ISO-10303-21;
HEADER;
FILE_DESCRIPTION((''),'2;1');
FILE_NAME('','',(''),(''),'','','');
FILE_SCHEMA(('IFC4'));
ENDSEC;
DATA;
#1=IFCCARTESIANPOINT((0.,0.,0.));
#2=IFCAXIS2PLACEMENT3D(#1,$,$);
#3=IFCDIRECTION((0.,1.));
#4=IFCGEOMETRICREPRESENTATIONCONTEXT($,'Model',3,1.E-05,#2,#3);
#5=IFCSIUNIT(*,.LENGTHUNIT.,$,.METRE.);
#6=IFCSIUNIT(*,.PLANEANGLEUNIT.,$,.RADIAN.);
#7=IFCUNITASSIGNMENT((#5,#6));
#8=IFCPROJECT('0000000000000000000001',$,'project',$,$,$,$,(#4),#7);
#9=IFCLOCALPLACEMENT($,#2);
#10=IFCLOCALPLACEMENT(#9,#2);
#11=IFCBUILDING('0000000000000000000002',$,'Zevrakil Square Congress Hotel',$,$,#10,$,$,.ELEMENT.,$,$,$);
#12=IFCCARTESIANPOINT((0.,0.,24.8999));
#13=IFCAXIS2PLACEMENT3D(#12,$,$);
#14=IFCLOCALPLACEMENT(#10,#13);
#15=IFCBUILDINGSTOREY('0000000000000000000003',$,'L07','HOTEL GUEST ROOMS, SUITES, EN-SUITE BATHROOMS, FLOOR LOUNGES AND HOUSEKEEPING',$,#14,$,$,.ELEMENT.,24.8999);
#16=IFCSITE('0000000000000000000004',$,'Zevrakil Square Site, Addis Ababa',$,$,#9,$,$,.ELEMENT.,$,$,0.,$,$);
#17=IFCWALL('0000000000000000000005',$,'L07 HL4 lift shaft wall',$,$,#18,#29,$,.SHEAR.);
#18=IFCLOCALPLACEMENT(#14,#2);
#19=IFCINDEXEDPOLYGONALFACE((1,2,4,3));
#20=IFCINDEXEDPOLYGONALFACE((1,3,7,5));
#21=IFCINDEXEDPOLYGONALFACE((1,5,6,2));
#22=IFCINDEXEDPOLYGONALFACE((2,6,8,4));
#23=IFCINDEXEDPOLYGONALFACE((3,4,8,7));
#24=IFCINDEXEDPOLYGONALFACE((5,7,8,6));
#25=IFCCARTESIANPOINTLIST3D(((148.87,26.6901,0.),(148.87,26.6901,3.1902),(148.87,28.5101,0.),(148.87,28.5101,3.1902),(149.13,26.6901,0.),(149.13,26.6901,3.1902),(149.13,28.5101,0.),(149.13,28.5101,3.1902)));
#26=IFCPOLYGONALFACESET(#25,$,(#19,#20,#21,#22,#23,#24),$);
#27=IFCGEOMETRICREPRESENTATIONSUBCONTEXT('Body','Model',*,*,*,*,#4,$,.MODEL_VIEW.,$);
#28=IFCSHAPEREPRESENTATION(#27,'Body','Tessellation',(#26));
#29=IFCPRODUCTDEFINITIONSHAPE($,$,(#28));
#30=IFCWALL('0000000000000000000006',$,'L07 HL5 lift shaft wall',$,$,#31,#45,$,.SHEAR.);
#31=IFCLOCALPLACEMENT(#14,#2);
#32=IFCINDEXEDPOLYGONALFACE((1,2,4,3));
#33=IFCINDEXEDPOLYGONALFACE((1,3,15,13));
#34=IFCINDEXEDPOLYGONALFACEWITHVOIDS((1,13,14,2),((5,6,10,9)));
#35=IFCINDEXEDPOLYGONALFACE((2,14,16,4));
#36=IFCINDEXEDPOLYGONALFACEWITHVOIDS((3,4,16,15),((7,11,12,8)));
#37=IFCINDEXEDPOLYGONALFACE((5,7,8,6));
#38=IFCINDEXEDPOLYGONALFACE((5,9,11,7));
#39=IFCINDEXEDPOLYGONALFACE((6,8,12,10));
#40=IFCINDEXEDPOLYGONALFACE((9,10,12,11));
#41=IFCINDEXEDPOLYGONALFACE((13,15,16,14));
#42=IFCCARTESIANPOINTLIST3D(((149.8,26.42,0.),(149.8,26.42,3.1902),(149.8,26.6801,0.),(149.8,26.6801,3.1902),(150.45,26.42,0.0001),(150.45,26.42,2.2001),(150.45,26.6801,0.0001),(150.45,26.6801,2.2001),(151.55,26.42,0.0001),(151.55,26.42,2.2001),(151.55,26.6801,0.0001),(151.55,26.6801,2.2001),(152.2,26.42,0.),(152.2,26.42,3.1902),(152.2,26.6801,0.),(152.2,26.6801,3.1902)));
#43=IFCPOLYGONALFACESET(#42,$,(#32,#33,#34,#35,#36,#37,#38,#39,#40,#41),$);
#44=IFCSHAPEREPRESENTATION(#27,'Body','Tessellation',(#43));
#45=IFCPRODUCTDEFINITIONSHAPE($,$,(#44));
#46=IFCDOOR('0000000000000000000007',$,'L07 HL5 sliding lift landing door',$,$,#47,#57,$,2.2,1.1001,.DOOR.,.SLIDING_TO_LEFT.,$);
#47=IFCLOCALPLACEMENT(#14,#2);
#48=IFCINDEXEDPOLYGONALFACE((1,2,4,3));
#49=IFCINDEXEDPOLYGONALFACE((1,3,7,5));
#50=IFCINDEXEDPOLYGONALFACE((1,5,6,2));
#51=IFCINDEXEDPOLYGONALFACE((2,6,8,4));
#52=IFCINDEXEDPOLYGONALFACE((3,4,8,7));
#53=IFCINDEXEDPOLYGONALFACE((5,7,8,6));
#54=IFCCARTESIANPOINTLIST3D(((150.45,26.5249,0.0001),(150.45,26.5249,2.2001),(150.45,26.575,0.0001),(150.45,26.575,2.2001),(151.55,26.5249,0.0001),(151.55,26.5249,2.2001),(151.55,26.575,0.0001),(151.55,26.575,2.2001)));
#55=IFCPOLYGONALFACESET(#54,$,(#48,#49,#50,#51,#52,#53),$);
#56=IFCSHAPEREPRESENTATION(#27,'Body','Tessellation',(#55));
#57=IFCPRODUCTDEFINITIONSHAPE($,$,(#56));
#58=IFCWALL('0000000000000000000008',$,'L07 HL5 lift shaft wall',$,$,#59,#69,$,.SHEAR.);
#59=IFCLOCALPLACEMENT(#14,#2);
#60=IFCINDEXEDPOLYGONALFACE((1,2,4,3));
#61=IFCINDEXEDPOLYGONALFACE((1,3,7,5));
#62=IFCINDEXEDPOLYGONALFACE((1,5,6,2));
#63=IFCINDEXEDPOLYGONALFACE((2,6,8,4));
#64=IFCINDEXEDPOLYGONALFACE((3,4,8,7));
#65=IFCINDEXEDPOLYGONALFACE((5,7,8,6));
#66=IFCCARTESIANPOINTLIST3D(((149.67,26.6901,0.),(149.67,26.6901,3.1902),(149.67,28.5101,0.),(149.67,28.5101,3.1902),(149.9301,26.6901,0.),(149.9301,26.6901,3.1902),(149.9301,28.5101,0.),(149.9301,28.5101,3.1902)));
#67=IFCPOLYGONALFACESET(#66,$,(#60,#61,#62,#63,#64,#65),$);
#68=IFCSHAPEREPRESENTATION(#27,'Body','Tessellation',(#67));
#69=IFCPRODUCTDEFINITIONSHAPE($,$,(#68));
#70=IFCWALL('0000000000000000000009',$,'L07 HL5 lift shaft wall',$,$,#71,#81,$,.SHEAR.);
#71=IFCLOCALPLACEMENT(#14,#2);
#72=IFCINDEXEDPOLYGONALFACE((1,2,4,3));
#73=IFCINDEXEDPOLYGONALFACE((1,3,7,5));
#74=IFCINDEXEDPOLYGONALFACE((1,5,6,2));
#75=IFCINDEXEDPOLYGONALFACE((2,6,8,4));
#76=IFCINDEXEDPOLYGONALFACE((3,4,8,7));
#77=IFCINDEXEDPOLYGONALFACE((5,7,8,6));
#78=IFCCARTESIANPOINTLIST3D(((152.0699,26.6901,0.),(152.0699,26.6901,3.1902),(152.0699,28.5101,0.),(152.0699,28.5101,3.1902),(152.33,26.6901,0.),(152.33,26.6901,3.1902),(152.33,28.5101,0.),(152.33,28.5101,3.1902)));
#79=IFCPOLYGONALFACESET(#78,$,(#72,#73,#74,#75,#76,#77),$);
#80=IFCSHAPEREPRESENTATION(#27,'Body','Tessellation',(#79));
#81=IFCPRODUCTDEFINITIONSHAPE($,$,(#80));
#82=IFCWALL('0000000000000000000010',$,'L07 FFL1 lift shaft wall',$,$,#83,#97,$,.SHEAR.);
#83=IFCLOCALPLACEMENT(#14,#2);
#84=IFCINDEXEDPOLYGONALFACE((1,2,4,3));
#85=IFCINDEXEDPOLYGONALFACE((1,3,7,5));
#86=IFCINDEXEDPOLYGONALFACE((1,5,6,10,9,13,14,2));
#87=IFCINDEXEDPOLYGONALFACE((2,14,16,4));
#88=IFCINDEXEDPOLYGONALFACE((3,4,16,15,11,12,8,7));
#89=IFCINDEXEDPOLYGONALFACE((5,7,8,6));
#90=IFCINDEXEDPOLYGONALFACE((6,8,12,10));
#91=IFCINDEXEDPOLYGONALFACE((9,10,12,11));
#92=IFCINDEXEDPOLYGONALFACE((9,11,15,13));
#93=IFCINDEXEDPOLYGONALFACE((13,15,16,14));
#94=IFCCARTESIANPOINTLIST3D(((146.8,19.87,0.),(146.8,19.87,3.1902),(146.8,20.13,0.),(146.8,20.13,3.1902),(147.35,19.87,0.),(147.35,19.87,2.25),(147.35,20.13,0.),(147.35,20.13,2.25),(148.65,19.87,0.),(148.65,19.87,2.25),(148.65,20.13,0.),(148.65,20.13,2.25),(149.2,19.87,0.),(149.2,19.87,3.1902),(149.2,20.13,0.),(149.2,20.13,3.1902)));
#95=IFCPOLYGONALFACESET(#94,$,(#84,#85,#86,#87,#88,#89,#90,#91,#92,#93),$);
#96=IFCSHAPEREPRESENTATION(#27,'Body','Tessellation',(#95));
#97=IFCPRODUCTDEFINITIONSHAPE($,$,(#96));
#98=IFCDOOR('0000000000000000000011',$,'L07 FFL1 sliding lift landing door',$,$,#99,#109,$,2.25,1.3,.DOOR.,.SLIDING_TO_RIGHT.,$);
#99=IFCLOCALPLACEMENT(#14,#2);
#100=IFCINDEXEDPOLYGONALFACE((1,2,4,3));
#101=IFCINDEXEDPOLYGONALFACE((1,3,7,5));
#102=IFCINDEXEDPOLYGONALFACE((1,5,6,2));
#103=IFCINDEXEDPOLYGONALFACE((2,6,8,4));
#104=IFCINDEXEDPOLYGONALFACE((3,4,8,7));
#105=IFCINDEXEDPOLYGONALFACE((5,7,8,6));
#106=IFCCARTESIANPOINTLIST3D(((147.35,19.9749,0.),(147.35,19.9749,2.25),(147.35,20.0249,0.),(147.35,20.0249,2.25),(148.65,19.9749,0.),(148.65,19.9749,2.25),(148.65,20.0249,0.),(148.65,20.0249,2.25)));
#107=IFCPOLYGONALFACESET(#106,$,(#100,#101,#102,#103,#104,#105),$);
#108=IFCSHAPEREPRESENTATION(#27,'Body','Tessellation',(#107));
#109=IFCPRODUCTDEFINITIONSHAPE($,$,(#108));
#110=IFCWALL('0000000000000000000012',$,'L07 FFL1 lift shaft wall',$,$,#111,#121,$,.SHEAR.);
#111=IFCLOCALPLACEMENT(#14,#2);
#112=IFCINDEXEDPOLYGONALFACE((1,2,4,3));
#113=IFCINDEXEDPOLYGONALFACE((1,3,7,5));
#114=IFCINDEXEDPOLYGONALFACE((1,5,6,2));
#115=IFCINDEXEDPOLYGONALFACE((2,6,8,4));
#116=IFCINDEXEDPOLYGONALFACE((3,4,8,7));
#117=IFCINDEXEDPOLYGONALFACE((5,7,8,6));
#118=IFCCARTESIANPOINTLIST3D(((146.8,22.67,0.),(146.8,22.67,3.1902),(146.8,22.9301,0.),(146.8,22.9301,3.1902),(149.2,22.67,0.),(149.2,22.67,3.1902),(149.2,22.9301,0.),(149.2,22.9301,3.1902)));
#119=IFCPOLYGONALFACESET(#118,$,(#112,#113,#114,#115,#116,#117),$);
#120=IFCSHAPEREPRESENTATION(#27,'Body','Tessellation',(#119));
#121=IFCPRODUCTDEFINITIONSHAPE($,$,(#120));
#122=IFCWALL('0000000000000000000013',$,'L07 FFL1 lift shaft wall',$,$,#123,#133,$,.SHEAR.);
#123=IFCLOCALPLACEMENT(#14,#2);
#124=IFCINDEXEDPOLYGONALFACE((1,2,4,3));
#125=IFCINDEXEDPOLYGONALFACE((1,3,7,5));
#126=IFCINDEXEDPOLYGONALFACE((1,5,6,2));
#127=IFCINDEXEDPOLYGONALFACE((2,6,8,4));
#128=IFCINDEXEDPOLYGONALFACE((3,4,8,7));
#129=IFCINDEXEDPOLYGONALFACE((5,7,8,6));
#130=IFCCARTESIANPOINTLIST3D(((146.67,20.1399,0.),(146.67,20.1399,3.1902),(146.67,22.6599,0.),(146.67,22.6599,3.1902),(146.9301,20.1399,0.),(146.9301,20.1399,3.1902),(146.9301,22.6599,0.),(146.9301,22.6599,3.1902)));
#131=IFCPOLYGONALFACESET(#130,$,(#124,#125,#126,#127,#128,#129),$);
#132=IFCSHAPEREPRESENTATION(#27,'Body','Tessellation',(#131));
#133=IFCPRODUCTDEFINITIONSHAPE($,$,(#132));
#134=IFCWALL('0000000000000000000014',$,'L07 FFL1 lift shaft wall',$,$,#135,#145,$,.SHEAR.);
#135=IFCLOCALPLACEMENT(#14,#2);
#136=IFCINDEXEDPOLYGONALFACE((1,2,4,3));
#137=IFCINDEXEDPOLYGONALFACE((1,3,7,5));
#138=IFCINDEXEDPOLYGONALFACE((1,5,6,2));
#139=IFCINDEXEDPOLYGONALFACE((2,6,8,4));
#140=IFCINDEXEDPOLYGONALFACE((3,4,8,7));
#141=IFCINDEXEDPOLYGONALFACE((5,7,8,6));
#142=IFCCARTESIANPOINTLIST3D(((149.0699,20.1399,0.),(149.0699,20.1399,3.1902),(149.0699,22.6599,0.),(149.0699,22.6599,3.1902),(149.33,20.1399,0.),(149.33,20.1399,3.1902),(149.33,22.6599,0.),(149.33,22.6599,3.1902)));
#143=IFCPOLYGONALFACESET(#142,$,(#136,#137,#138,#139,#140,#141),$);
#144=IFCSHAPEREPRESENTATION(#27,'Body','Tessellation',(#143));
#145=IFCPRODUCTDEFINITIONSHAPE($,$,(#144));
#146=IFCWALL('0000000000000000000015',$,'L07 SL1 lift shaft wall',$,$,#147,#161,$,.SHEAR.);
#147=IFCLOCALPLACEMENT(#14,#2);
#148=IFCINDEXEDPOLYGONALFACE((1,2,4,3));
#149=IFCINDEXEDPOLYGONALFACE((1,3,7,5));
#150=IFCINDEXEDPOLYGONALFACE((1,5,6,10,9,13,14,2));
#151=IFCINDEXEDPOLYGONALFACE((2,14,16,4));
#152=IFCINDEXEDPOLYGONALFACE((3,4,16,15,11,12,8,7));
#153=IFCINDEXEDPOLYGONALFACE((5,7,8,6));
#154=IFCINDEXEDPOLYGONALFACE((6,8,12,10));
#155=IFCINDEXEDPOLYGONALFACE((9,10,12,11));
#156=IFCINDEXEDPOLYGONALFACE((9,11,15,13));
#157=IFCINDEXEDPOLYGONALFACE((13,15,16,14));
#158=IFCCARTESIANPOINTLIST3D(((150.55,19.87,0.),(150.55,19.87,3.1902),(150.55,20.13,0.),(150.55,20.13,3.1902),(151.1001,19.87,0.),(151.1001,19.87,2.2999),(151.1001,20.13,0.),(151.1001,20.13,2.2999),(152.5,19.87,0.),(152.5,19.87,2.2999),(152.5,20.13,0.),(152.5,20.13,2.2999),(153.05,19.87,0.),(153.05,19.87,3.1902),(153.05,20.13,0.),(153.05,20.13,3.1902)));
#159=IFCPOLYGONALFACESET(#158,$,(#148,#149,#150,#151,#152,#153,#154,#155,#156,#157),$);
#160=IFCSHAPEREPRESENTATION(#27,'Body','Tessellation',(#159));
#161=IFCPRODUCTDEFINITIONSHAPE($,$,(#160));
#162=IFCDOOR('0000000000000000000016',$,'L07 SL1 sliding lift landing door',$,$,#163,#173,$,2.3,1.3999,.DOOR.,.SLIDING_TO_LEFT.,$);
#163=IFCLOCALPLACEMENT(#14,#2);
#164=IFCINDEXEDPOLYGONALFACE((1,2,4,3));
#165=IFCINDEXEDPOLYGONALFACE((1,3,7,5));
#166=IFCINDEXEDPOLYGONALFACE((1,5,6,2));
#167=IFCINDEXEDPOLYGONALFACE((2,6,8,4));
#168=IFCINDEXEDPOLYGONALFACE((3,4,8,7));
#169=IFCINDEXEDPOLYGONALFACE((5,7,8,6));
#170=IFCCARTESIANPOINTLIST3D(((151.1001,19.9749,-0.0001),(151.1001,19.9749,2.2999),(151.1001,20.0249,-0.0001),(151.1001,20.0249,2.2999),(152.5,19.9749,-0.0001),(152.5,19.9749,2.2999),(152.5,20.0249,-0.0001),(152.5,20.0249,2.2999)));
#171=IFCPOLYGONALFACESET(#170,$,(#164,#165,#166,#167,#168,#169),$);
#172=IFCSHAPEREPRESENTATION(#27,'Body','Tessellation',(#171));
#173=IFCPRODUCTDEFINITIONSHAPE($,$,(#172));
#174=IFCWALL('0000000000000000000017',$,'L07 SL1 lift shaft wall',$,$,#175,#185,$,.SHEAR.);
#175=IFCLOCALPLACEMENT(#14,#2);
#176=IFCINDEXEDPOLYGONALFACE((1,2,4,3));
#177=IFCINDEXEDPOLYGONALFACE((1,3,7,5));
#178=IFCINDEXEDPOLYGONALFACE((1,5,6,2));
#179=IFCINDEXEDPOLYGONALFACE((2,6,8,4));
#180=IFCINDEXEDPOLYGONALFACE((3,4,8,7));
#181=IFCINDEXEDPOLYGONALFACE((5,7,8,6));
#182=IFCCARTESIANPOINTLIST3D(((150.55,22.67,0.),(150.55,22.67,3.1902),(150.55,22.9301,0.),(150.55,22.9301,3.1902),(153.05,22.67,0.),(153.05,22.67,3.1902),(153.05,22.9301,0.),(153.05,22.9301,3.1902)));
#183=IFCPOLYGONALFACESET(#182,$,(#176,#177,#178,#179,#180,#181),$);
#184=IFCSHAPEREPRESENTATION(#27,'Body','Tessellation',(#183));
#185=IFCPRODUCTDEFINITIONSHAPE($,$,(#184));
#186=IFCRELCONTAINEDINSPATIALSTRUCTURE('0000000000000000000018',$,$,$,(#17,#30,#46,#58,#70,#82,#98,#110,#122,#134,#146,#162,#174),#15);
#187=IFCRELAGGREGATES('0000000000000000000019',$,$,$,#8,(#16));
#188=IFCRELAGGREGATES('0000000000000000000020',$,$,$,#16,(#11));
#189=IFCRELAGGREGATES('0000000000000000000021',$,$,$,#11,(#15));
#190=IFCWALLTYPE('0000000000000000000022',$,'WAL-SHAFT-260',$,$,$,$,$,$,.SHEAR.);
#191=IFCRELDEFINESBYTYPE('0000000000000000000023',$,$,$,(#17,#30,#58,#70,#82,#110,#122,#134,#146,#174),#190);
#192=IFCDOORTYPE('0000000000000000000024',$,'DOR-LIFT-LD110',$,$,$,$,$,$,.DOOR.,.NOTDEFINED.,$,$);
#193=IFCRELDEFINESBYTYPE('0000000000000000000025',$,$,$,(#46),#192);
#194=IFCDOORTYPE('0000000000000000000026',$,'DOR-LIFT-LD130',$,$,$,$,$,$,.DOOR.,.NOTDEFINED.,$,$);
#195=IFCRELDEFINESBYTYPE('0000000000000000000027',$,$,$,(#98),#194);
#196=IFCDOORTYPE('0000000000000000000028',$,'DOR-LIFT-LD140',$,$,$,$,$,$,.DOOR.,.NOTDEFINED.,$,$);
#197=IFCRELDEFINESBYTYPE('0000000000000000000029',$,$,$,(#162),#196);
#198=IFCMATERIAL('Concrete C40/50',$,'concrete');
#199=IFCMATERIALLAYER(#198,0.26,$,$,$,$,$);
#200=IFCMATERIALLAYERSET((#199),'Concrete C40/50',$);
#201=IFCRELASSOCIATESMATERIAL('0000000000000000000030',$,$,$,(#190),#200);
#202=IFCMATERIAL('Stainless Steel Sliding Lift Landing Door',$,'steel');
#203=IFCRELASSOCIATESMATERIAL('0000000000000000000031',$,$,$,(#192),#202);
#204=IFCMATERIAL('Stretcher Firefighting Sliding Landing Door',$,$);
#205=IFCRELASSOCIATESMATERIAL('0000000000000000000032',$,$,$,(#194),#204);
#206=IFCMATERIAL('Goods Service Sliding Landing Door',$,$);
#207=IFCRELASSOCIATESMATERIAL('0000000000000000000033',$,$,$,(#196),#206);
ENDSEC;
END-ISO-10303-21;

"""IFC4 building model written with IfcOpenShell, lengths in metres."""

from ifc_helpers import new_model, si_unit, direction, frame, frame_2d, origin, place, context, subcontext, project, spatial, rectangle, extrude, material, layer, layer_set, type_object, element, fill, save


model = new_model("IFC4")

# Units and contexts
model_context = context("Model", 3, precision=1e-05, world=origin(), true_north=direction((0.0, 1.0)))
body_context = subcontext(model_context, "Body", "Model", "MODEL_VIEW")
ifc_project = project(units=[si_unit("LENGTHUNIT", "METRE"), si_unit("PLANEANGLEUNIT", "RADIAN")], contexts=[model_context])

# Site, building, storey
site_placement = place(None, origin())
site = spatial("IfcSite", under=ifc_project, at=site_placement, Name="Zevrakil Square Site, Addis Ababa", CompositionType="ELEMENT", RefElevation=0.0)
building_placement = place(site_placement, origin())
building = spatial("IfcBuilding", under=site, at=building_placement, Name="Zevrakil Square Congress Hotel", CompositionType="ELEMENT")
storey_placement = place(building_placement, frame((0.0, 0.0, 24.8999)))
storey = spatial("IfcBuildingStorey", under=building, at=storey_placement, Name="L07", Description="HOTEL GUEST ROOMS, SUITES, EN-SUITE BATHROOMS, FLOOR LOUNGES AND HOUSEKEEPING", CompositionType="ELEMENT", Elevation=24.8999)

# Shared definitions
ifc_material_1 = material(Name="Concrete C40/50", Category="concrete")
ifc_layer_1 = layer(ifc_material_1, 0.26)
ifc_layer_set_1 = layer_set([ifc_layer_1], Name="Concrete C40/50")
wall_type_1 = type_object("IfcWallType", Name="WAL-SHAFT-260", PredefinedType="SHEAR", material=ifc_layer_set_1)

# Shared definitions
ifc_material_2 = material(Name="Stainless Steel Sliding Lift Landing Door", Category="steel")
door_type_1 = type_object("IfcDoorType", Name="DOR-LIFT-LD110", OperationType="NOTDEFINED", PredefinedType="DOOR", material=ifc_material_2)

# Wall
for number, where, z_axis, x_axis, name in (
    (1, (149.0, 26.6899, 0.0), (0.0, 0.0, 1.0), (0.0, 1.0, 0.0), "L07 HL4 lift shaft wall"),
):
    element("IfcWall", number, at=place(storey_placement, frame(where, z_axis=z_axis, x_axis=x_axis)), inside=storey, type_object=wall_type_1, Name=name, PredefinedType="SHEAR", context=body_context, shape_type="SweptSolid", body=[
        extrude(rectangle(XDim=1.8201, YDim=0.26, at=frame_2d((0.9102, 0.0))), origin(), (0.0, 0.0, 1.0), 3.1902),
    ])

# Wall, opening, door
wall_1_placement = place(storey_placement, frame((149.8, 26.55, 0.0), z_axis=(0.0, 0.0, 1.0), x_axis=(1.0, 0.0, 0.0)))
wall_1 = element("IfcWall", 2, at=wall_1_placement, inside=storey, type_object=wall_type_1, Name="L07 HL5 lift shaft wall", PredefinedType="SHEAR", context=body_context, shape_type="SweptSolid", body=[
    extrude(rectangle(XDim=2.3999, YDim=0.26, at=frame_2d((1.2, 0.0))), origin(), (0.0, 0.0, 1.0), 3.1902),
])
opening_1_placement = place(wall_1_placement, frame((0.6499, 0.0, 0.0)))
opening_1 = element("IfcOpeningElement", 3, at=opening_1_placement, cuts=wall_1, PredefinedType="OPENING", context=body_context, shape_type="SweptSolid", body=[
    extrude(rectangle(XDim=1.1001, YDim=2.2, at=frame_2d((0.55, 1.1001))), frame((0.0, 0.1401, 0.0), z_axis=(0.0, -1.0, 0.0), x_axis=(1.0, 0.0, 0.0)), (0.0, 0.0, 1.0), 0.28),
])
door_1_placement = place(opening_1_placement, origin())
door_1 = element("IfcDoor", 4, at=door_1_placement, inside=storey, type_object=door_type_1, Name="L07 HL5 sliding lift landing door", OperationType="SLIDING_TO_LEFT", OverallHeight=2.2, OverallWidth=1.1001, PredefinedType="DOOR", context=body_context, shape_type="SweptSolid", body=[
    extrude(rectangle(XDim=1.1001, YDim=2.2, at=frame_2d((0.55, 1.1001))), frame((0.0, 0.0249, 0.0), z_axis=(0.0, -1.0, 0.0), x_axis=(1.0, 0.0, 0.0)), (0.0, 0.0, 1.0), 0.05),
])
fill(opening_1, door_1)

# Walls
for number, where, z_axis, x_axis, name in (
    (5, (149.8, 26.6899, 0.0), (0.0, 0.0, 1.0), (0.0, 1.0, 0.0), "L07 HL5 lift shaft wall"),
    (6, (152.2, 26.6899, 0.0), (0.0, 0.0, 1.0), (0.0, 1.0, 0.0), "L07 HL5 lift shaft wall"),
):
    element("IfcWall", number, at=place(storey_placement, frame(where, z_axis=z_axis, x_axis=x_axis)), inside=storey, type_object=wall_type_1, Name=name, PredefinedType="SHEAR", context=body_context, shape_type="SweptSolid", body=[
        extrude(rectangle(XDim=1.8201, YDim=0.26, at=frame_2d((0.9102, 0.0))), origin(), (0.0, 0.0, 1.0), 3.1902),
    ])

# Wall, opening, door
wall_2_placement = place(storey_placement, frame((146.8, 20.0, 0.0), z_axis=(0.0, 0.0, 1.0), x_axis=(1.0, 0.0, 0.0)))
wall_2 = element("IfcWall", 7, at=wall_2_placement, inside=storey, type_object=wall_type_1, Name="L07 FFL1 lift shaft wall", PredefinedType="SHEAR", context=body_context, shape_type="SweptSolid", body=[
    extrude(rectangle(XDim=2.3999, YDim=0.26, at=frame_2d((1.2, 0.0))), origin(), (0.0, 0.0, 1.0), 3.1902),
])
opening_2_placement = place(wall_2_placement, frame((0.55, 0.0, 0.0)))
opening_2 = element("IfcOpeningElement", 8, at=opening_2_placement, cuts=wall_2, PredefinedType="OPENING", context=body_context, shape_type="SweptSolid", body=[
    extrude(rectangle(XDim=1.3, YDim=2.25, at=frame_2d((0.6499, 1.125))), frame((0.0, 0.1401, 0.0), z_axis=(0.0, -1.0, 0.0), x_axis=(1.0, 0.0, 0.0)), (0.0, 0.0, 1.0), 0.28),
])
ifc_material_3 = material(Name="Stretcher Firefighting Sliding Landing Door")
door_type_2 = type_object("IfcDoorType", Name="DOR-LIFT-LD130", OperationType="NOTDEFINED", PredefinedType="DOOR", material=ifc_material_3)
door_2_placement = place(opening_2_placement, origin())
door_2 = element("IfcDoor", 9, at=door_2_placement, inside=storey, type_object=door_type_2, Name="L07 FFL1 sliding lift landing door", OperationType="SLIDING_TO_RIGHT", OverallHeight=2.25, OverallWidth=1.3, PredefinedType="DOOR", context=body_context, shape_type="SweptSolid", body=[
    extrude(rectangle(XDim=1.3, YDim=2.25, at=frame_2d((0.6499, 1.125))), frame((0.0, 0.0249, 0.0), z_axis=(0.0, -1.0, 0.0), x_axis=(1.0, 0.0, 0.0)), (0.0, 0.0, 1.0), 0.05),
])
fill(opening_2, door_2)

# Walls
wall_3_placement = place(storey_placement, frame((146.8, 22.8, 0.0), z_axis=(0.0, 0.0, 1.0), x_axis=(1.0, 0.0, 0.0)))
element("IfcWall", 10, at=wall_3_placement, inside=storey, type_object=wall_type_1, Name="L07 FFL1 lift shaft wall", PredefinedType="SHEAR", context=body_context, shape_type="SweptSolid", body=[
    extrude(rectangle(XDim=2.3999, YDim=0.26, at=frame_2d((1.2, 0.0))), origin(), (0.0, 0.0, 1.0), 3.1902),
])
for number, where, z_axis, x_axis, name in (
    (11, (146.8, 20.1399, 0.0), (0.0, 0.0, 1.0), (0.0, 1.0, 0.0), "L07 FFL1 lift shaft wall"),
    (12, (149.2, 20.1399, 0.0), (0.0, 0.0, 1.0), (0.0, 1.0, 0.0), "L07 FFL1 lift shaft wall"),
):
    element("IfcWall", number, at=place(storey_placement, frame(where, z_axis=z_axis, x_axis=x_axis)), inside=storey, type_object=wall_type_1, Name=name, PredefinedType="SHEAR", context=body_context, shape_type="SweptSolid", body=[
        extrude(rectangle(XDim=2.52, YDim=0.26, at=frame_2d((1.26, 0.0))), origin(), (0.0, 0.0, 1.0), 3.1902),
    ])

# Wall, opening, door
wall_4_placement = place(storey_placement, frame((150.55, 20.0, 0.0), z_axis=(0.0, 0.0, 1.0), x_axis=(1.0, 0.0, 0.0)))
wall_4 = element("IfcWall", 13, at=wall_4_placement, inside=storey, type_object=wall_type_1, Name="L07 SL1 lift shaft wall", PredefinedType="SHEAR", context=body_context, shape_type="SweptSolid", body=[
    extrude(rectangle(XDim=2.5, YDim=0.26, at=frame_2d((1.25, 0.0))), origin(), (0.0, 0.0, 1.0), 3.1902),
])
opening_3_placement = place(wall_4_placement, frame((0.55, 0.0, 0.0)))
opening_3 = element("IfcOpeningElement", 14, at=opening_3_placement, cuts=wall_4, PredefinedType="OPENING", context=body_context, shape_type="SweptSolid", body=[
    extrude(rectangle(XDim=1.3999, YDim=2.3, at=frame_2d((0.7, 1.1499))), frame((0.0, 0.1401, 0.0), z_axis=(0.0, -1.0, 0.0), x_axis=(1.0, 0.0, 0.0)), (0.0, 0.0, 1.0), 0.28),
])
ifc_material_4 = material(Name="Goods Service Sliding Landing Door")
door_type_3 = type_object("IfcDoorType", Name="DOR-LIFT-LD140", OperationType="NOTDEFINED", PredefinedType="DOOR", material=ifc_material_4)
door_3_placement = place(opening_3_placement, origin())
door_3 = element("IfcDoor", 15, at=door_3_placement, inside=storey, type_object=door_type_3, Name="L07 SL1 sliding lift landing door", OperationType="SLIDING_TO_LEFT", OverallHeight=2.3, OverallWidth=1.3999, PredefinedType="DOOR", context=body_context, shape_type="SweptSolid", body=[
    extrude(rectangle(XDim=1.3999, YDim=2.3, at=frame_2d((0.7, 1.1499))), frame((0.0, 0.0249, 0.0), z_axis=(0.0, -1.0, 0.0), x_axis=(1.0, 0.0, 0.0)), (0.0, 0.0, 1.0), 0.05),
])
fill(opening_3, door_3)

# Wall
wall_5_placement = place(storey_placement, frame((150.55, 22.8, 0.0), z_axis=(0.0, 0.0, 1.0), x_axis=(1.0, 0.0, 0.0)))
element("IfcWall", 16, at=wall_5_placement, inside=storey, type_object=wall_type_1, Name="L07 SL1 lift shaft wall", PredefinedType="SHEAR", context=body_context, shape_type="SweptSolid", body=[
    extrude(rectangle(XDim=2.5, YDim=0.26, at=frame_2d((1.25, 0.0))), origin(), (0.0, 0.0, 1.0), 3.1902),
])

save(model, "model.ifc")
